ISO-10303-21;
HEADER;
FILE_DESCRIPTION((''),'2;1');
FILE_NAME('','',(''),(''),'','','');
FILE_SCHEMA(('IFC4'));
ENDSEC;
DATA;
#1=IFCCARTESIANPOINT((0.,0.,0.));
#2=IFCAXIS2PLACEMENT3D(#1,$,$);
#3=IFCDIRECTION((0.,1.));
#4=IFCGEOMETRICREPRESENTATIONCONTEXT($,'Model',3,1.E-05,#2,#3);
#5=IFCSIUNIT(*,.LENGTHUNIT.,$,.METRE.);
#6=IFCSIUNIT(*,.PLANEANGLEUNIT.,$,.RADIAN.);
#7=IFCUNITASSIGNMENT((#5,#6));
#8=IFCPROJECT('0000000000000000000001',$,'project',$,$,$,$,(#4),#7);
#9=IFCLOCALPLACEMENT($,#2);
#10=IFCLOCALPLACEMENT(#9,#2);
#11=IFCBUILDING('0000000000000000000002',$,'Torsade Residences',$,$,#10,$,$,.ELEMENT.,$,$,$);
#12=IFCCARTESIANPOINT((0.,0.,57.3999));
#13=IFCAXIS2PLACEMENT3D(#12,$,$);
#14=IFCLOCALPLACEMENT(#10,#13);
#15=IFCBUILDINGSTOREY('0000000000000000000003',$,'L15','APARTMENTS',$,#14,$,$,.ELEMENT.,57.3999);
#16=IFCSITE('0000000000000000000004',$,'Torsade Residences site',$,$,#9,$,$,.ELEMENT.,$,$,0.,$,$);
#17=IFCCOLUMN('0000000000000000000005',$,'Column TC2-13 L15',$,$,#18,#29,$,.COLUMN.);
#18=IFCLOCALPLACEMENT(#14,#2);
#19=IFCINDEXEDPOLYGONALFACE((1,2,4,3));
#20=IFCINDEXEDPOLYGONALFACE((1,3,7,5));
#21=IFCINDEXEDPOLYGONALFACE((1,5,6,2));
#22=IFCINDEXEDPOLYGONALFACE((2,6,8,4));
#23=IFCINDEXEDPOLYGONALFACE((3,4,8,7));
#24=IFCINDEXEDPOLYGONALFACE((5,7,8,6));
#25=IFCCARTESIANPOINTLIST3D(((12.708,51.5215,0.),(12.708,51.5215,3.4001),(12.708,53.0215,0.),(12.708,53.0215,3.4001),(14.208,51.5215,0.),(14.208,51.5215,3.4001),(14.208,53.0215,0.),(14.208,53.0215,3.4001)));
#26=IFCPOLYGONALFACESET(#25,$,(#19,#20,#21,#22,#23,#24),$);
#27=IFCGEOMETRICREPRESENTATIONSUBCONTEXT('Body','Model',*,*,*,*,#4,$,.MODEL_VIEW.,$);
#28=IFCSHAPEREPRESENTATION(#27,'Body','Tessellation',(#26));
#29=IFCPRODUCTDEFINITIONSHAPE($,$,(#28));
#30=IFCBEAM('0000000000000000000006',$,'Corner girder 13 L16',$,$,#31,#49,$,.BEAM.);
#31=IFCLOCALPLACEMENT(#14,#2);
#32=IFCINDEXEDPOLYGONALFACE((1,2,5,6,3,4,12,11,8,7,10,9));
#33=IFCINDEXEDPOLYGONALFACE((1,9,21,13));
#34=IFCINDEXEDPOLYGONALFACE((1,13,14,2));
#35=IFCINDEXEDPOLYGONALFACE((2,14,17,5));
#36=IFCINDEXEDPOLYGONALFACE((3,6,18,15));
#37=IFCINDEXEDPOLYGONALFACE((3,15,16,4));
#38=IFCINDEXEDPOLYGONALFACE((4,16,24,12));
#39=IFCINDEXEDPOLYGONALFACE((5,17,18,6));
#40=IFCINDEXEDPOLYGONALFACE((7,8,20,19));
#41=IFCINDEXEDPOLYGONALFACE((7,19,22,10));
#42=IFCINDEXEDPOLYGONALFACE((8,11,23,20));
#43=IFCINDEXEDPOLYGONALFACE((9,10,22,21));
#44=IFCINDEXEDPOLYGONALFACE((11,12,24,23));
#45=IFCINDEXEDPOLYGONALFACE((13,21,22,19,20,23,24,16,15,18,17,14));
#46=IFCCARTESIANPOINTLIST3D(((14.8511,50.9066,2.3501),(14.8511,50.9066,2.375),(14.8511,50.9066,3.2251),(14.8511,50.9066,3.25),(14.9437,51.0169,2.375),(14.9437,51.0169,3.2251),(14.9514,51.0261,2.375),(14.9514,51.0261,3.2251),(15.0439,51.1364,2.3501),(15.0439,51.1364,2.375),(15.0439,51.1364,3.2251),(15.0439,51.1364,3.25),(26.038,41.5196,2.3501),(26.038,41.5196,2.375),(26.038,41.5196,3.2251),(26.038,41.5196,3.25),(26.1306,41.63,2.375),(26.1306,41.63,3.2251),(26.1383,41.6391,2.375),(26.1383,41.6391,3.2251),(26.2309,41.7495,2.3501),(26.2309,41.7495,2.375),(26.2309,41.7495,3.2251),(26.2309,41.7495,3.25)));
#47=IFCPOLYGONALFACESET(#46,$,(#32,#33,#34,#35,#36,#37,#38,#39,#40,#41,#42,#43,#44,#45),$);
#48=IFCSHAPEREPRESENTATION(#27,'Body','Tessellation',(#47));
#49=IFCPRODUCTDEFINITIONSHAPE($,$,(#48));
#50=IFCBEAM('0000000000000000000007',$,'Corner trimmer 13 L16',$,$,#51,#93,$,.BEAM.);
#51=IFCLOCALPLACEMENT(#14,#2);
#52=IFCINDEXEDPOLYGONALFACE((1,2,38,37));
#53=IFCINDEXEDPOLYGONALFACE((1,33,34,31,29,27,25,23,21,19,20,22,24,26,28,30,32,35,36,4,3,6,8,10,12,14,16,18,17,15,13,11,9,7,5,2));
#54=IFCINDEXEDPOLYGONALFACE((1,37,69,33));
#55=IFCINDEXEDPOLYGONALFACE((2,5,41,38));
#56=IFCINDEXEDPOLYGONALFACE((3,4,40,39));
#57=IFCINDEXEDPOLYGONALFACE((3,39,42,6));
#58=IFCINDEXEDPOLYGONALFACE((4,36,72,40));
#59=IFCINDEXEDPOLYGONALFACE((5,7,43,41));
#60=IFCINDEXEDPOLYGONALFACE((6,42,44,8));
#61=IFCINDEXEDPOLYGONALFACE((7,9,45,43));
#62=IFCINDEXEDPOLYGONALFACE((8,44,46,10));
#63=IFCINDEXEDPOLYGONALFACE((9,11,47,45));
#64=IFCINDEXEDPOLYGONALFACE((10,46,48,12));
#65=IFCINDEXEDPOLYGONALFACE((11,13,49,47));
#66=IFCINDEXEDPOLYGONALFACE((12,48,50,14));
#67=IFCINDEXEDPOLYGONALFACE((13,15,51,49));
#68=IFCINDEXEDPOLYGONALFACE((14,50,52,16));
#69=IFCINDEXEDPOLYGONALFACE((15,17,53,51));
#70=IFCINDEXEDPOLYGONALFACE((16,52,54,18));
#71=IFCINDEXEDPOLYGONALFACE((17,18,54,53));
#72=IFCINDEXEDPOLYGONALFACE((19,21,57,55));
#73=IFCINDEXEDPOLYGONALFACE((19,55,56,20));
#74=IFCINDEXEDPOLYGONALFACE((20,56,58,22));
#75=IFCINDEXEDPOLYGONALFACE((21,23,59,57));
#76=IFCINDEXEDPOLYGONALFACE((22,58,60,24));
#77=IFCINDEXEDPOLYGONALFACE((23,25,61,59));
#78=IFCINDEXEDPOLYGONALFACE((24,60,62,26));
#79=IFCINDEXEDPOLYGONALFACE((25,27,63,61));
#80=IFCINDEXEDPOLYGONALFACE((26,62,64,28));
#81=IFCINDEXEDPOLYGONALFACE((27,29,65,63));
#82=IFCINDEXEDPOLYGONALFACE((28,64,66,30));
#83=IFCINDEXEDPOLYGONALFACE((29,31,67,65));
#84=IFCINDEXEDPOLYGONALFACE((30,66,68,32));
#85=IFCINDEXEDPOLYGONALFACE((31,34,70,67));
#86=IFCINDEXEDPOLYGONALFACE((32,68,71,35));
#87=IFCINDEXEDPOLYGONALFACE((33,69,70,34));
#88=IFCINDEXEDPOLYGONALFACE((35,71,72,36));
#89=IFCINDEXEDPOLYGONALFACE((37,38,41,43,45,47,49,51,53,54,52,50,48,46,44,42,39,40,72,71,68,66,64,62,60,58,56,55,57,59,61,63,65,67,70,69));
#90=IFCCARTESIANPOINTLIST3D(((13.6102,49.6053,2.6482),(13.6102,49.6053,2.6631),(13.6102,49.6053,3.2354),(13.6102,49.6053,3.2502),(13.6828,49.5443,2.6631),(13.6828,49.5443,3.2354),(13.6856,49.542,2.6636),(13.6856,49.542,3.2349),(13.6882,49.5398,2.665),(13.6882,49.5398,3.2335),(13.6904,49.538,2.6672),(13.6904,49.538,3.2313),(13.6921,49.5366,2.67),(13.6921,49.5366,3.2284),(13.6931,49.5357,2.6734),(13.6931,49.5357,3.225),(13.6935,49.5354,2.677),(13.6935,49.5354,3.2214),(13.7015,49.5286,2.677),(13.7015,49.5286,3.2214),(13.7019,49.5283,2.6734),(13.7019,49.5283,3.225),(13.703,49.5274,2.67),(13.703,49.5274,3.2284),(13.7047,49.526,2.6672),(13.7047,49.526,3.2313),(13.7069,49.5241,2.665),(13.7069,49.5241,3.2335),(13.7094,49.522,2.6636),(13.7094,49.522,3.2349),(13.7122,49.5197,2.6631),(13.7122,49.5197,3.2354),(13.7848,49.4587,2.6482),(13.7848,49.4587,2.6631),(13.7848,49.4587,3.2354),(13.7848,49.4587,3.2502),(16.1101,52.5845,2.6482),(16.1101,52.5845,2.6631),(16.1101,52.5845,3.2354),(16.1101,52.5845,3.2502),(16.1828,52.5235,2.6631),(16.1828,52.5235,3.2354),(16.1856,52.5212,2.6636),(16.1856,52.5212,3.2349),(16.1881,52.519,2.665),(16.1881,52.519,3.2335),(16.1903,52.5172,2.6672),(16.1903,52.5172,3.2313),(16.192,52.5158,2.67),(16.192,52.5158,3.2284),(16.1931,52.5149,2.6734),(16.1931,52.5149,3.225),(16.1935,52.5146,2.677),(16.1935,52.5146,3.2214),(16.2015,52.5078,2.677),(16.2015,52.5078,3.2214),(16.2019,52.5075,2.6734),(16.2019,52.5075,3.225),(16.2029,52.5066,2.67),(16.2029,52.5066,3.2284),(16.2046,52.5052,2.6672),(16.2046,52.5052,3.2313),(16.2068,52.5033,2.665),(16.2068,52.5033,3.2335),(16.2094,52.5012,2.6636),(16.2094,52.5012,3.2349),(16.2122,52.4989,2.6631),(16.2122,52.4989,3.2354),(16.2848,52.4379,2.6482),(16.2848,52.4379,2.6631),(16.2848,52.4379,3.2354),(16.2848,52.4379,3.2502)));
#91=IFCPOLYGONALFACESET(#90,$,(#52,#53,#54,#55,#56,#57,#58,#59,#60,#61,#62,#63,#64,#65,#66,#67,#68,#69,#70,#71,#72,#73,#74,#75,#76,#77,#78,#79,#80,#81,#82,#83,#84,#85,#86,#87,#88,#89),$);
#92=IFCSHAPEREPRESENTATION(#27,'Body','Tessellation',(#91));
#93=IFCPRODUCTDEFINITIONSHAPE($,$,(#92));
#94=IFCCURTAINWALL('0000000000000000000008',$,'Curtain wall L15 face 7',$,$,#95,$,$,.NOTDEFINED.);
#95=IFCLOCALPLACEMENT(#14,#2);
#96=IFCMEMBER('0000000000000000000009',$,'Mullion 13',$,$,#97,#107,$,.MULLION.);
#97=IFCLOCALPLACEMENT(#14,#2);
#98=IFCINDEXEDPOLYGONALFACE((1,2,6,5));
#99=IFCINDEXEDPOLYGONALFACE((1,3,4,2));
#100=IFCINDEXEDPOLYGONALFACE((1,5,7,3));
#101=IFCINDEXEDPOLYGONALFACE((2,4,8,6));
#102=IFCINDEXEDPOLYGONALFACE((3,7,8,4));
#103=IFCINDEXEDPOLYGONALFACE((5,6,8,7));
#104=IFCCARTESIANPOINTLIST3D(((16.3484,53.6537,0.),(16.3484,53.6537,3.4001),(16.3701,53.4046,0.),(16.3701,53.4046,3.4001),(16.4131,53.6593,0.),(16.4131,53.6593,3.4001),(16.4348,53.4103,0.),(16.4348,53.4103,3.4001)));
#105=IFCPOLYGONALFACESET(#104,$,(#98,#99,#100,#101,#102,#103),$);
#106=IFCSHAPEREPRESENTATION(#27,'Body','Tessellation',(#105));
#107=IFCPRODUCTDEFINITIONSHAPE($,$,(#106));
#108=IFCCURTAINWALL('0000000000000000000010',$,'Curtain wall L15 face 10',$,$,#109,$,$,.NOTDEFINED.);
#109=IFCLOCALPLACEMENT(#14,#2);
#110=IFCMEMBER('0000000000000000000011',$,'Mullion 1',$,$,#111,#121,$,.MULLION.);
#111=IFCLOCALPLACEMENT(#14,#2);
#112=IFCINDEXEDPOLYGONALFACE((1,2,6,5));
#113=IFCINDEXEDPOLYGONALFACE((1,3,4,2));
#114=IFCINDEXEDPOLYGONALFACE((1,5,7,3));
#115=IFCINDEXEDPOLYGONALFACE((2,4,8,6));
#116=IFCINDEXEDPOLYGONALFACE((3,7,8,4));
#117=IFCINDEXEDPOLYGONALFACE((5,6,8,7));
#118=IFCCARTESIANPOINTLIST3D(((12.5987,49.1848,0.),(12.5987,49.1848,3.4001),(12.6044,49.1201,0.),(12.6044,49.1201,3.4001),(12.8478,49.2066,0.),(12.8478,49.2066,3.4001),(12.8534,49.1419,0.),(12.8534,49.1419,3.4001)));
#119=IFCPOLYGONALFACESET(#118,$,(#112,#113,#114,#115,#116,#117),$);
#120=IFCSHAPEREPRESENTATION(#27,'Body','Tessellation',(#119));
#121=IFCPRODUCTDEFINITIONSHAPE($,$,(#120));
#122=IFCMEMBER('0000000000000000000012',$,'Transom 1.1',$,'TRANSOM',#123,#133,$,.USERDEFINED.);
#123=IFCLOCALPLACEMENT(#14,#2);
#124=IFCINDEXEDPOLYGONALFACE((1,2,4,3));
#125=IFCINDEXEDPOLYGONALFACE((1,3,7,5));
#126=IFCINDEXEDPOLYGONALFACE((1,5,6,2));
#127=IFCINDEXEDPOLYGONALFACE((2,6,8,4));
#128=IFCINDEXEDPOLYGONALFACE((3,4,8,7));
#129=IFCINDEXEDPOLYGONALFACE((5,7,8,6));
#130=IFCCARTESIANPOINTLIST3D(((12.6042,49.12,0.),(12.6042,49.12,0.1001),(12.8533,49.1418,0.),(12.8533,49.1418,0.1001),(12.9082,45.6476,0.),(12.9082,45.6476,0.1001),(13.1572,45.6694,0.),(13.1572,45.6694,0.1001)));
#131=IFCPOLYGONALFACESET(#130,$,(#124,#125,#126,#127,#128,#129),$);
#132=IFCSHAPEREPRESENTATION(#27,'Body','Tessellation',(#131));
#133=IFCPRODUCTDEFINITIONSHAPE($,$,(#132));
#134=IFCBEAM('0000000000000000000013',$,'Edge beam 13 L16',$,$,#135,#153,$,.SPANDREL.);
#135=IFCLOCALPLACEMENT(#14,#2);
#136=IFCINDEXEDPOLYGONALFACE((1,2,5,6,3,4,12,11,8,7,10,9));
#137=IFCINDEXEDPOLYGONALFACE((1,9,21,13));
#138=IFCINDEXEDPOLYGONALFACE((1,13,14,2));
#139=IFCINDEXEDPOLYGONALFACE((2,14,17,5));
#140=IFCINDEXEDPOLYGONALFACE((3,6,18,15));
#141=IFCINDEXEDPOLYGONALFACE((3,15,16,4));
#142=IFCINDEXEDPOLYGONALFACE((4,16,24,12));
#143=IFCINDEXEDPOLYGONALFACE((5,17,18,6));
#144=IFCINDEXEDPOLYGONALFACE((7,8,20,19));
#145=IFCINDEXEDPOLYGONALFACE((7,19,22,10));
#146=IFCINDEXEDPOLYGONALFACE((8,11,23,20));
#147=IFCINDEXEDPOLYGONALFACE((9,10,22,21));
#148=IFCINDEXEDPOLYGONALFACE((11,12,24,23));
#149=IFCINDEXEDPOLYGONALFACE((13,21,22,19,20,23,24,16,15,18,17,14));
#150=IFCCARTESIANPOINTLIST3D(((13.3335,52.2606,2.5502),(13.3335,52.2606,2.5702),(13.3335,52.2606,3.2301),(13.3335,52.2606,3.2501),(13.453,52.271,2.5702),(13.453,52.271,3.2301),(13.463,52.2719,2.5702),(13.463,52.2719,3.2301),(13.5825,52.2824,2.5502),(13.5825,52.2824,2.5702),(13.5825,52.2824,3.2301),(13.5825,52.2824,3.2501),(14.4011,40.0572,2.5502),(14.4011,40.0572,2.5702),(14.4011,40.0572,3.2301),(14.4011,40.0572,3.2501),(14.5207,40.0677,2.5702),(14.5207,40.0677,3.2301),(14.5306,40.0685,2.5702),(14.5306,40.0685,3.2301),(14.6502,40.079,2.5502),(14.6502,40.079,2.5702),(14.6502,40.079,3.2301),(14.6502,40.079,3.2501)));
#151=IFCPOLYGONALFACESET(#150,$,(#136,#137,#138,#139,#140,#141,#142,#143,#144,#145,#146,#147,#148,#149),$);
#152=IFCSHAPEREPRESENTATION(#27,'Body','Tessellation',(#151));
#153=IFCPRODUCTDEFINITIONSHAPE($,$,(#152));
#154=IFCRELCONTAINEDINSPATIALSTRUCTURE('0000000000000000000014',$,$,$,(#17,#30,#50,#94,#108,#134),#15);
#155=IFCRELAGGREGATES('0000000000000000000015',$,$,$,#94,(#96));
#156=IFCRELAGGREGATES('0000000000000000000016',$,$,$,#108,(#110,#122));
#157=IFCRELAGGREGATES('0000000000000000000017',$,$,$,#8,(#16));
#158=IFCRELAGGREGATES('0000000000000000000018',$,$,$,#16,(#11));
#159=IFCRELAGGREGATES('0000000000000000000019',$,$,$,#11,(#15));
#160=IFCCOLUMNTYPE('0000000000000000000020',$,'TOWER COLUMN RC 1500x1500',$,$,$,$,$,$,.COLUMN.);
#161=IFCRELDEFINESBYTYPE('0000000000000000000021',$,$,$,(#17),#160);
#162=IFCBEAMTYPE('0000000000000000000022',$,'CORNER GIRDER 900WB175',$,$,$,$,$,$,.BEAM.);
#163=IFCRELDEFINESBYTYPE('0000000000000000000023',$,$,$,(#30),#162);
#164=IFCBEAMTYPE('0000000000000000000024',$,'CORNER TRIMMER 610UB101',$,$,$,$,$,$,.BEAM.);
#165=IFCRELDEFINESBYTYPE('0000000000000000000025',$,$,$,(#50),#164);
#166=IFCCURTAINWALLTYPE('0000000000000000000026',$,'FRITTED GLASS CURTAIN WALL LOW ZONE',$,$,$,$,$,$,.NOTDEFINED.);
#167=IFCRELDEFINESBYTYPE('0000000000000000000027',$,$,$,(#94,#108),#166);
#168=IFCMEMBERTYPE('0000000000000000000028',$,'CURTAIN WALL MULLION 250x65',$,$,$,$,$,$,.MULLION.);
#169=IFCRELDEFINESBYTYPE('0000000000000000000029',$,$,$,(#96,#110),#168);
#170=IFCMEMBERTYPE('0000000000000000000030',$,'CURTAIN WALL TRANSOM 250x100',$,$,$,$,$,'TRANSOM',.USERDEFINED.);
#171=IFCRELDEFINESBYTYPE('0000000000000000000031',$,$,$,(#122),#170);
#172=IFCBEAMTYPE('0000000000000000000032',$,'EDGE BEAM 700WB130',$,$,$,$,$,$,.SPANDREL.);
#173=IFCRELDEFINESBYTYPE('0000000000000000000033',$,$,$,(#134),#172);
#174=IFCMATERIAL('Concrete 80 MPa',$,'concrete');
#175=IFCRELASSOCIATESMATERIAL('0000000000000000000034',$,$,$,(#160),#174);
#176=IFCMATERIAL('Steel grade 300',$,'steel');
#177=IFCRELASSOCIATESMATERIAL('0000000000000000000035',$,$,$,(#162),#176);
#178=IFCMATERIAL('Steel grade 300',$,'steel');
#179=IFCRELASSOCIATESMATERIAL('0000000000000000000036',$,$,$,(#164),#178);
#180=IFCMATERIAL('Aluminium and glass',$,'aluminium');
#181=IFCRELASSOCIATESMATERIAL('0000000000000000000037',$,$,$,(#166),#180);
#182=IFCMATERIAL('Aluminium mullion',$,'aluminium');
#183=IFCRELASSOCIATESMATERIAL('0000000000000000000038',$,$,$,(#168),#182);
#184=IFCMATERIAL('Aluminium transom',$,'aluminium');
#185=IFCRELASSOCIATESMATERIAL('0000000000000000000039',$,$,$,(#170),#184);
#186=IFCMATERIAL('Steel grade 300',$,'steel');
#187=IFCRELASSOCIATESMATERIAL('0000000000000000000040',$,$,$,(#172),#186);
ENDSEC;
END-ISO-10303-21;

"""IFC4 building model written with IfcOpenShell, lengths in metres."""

from ifc_helpers import new_model, si_unit, direction, frame, origin, origin_2d, place, context, subcontext, project, spatial, rectangle, i_section, extrude, material, material_profile, profile_set, type_object, element, aggregate, save


model = new_model("IFC4")

# Units and contexts
model_context = context("Model", 3, precision=1e-05, world=origin(), true_north=direction((0.0, 1.0)))
body_context = subcontext(model_context, "Body", "Model", "MODEL_VIEW")
ifc_project = project(units=[si_unit("LENGTHUNIT", "METRE"), si_unit("PLANEANGLEUNIT", "RADIAN")], contexts=[model_context])

# Site, building, storey
site_placement = place(None, origin())
site = spatial("IfcSite", under=ifc_project, at=site_placement, Name="Torsade Residences site", CompositionType="ELEMENT", RefElevation=0.0)
building_placement = place(site_placement, origin())
building = spatial("IfcBuilding", under=site, at=building_placement, Name="Torsade Residences", CompositionType="ELEMENT")
storey_placement = place(building_placement, frame((0.0, 0.0, 57.3999)))
storey = spatial("IfcBuildingStorey", under=building, at=storey_placement, Name="L15", Description="APARTMENTS", CompositionType="ELEMENT", Elevation=57.3999)

# Column
ifc_material_1 = material(Name="Concrete 80 MPa", Category="concrete")
ifc_material_profile_1 = material_profile(ifc_material_1, rectangle(XDim=1.5, YDim=1.5, at=origin_2d()), Name="RC 1500x1500")
ifc_profile_set_1 = profile_set([ifc_material_profile_1], Name="Concrete 80 MPa")
column_type = type_object("IfcColumnType", Name="TOWER COLUMN RC 1500x1500", PredefinedType="COLUMN", material=ifc_profile_set_1)
column_placement = place(storey_placement, frame((13.458, 52.2715, 0.0), z_axis=(0.0, 0.0, 1.0), x_axis=(1.0, 0.0, 0.0)))
element("IfcColumn", 1, at=column_placement, inside=storey, type_object=column_type, Name="Column TC2-13 L15", PredefinedType="COLUMN", context=body_context, shape_type="SweptSolid", body=[
    extrude(rectangle(XDim=1.5, YDim=1.5, at=origin_2d()), origin(), (0.0, 0.0, 1.0), 3.4001),
])

# Beams
ifc_material_2 = material(Name="Steel grade 300", Category="steel")
ifc_material_profile_2 = material_profile(ifc_material_2, i_section(OverallWidth=0.3, OverallDepth=0.8999, WebThickness=0.012, FlangeThickness=0.0249, at=origin_2d()), Name="900WB175")
ifc_profile_set_2 = profile_set([ifc_material_profile_2], Name="Steel grade 300")
beam_type_1 = type_object("IfcBeamType", Name="CORNER GIRDER 900WB175", PredefinedType="BEAM", material=ifc_profile_set_2)
beam_1_placement = place(storey_placement, frame((14.9475, 51.0215, 2.8), z_axis=(0.766046, -0.642785, 0.0), x_axis=(0.642785, 0.766046, 0.0)))
element("IfcBeam", 2, at=beam_1_placement, inside=storey, type_object=beam_type_1, Name="Corner girder 13 L16", PredefinedType="BEAM", context=body_context, shape_type="SweptSolid", body=[
    extrude(i_section(OverallWidth=0.3, OverallDepth=0.8999, WebThickness=0.012, FlangeThickness=0.0249, at=origin_2d()), origin(), (0.0, 0.0, 1.0), 14.6035),
])
ifc_material_3 = material(Name="Steel grade 300", Category="steel")
ifc_material_profile_3 = material_profile(ifc_material_3, i_section(OverallWidth=0.228, OverallDepth=0.6021, WebThickness=0.0105, FlangeThickness=0.0149, FilletRadius=0.0139, at=origin_2d()), Name="610UB101")
ifc_profile_set_3 = profile_set([ifc_material_profile_3], Name="Steel grade 300")
beam_type_2 = type_object("IfcBeamType", Name="CORNER TRIMMER 610UB101", PredefinedType="BEAM", material=ifc_profile_set_3)
beam_2_placement = place(storey_placement, frame((13.6975, 49.532, 2.9492), z_axis=(0.642805, 0.76603, 0.0), x_axis=(-0.76603, 0.642805, 0.0)))
element("IfcBeam", 3, at=beam_2_placement, inside=storey, type_object=beam_type_2, Name="Corner trimmer 13 L16", PredefinedType="BEAM", context=body_context, shape_type="SweptSolid", body=[
    extrude(i_section(OverallWidth=0.228, OverallDepth=0.6021, WebThickness=0.0105, FlangeThickness=0.0149, FilletRadius=0.0139, at=origin_2d()), origin(), (0.0, 0.0, 1.0), 3.8892),
])

# Curtain wall, member
ifc_material_4 = material(Name="Aluminium and glass", Category="aluminium")
curtain_wall_type = type_object("IfcCurtainWallType", Name="FRITTED GLASS CURTAIN WALL LOW ZONE", PredefinedType="NOTDEFINED", material=ifc_material_4)
curtain_wall_1_placement = place(storey_placement, origin())
curtain_wall_1 = element("IfcCurtainWall", 4, at=curtain_wall_1_placement, inside=storey, type_object=curtain_wall_type, Name="Curtain wall L15 face 7", PredefinedType="NOTDEFINED")
ifc_material_5 = material(Name="Aluminium mullion", Category="aluminium")
ifc_material_profile_4 = material_profile(ifc_material_5, rectangle(XDim=0.25, YDim=0.0649, at=origin_2d()), Name="CURTAIN WALL MULLION 250x65")
ifc_profile_set_4 = profile_set([ifc_material_profile_4], Name="Aluminium mullion")
member_type_1 = type_object("IfcMemberType", Name="CURTAIN WALL MULLION 250x65", PredefinedType="MULLION", material=ifc_profile_set_4)
member_1_placement = place(storey_placement, frame((16.3916, 53.532, 0.0), z_axis=(0.0, 0.0, 1.0), x_axis=(0.087156, -0.996195, 0.0)))
member_1 = element("IfcMember", 5, at=member_1_placement, type_object=member_type_1, Name="Mullion 13", PredefinedType="MULLION", context=body_context, shape_type="SweptSolid", body=[
    extrude(rectangle(XDim=0.25, YDim=0.0649, at=origin_2d()), origin(), (0.0, 0.0, 1.0), 3.4001),
])
aggregate(curtain_wall_1, [member_1])

# Curtain wall, members
curtain_wall_2_placement = place(storey_placement, origin())
curtain_wall_2 = element("IfcCurtainWall", 6, at=curtain_wall_2_placement, inside=storey, type_object=curtain_wall_type, Name="Curtain wall L15 face 10", PredefinedType="NOTDEFINED")
member_2_placement = place(storey_placement, frame((12.7261, 49.1633, 0.0), z_axis=(0.0, 0.0, 1.0), x_axis=(0.996195, 0.087156, 0.0)))
member_2 = element("IfcMember", 7, at=member_2_placement, type_object=member_type_1, Name="Mullion 1", PredefinedType="MULLION", context=body_context, shape_type="SweptSolid", body=[
    extrude(rectangle(XDim=0.25, YDim=0.0649, at=origin_2d()), origin(), (0.0, 0.0, 1.0), 3.4001),
])
ifc_material_6 = material(Name="Aluminium transom", Category="aluminium")
ifc_material_profile_5 = material_profile(ifc_material_6, rectangle(XDim=0.25, YDim=0.1001, at=origin_2d()), Name="CURTAIN WALL TRANSOM 250x100")
ifc_profile_set_5 = profile_set([ifc_material_profile_5], Name="Aluminium transom")
member_type_2 = type_object("IfcMemberType", Name="CURTAIN WALL TRANSOM 250x100", ElementType="TRANSOM", PredefinedType="USERDEFINED", material=ifc_profile_set_5)
member_3_placement = place(storey_placement, frame((12.7288, 49.1309, 0.05), z_axis=(0.087201, -0.996191, 0.0), x_axis=(0.996191, 0.087201, 0.0)))
member_3 = element("IfcMember", 8, at=member_3_placement, type_object=member_type_2, Name="Transom 1.1", ObjectType="TRANSOM", PredefinedType="USERDEFINED", context=body_context, shape_type="SweptSolid", body=[
    extrude(rectangle(XDim=0.25, YDim=0.1001, at=origin_2d()), origin(), (0.0, 0.0, 1.0), 3.4856),
])

# Beam
ifc_material_7 = material(Name="Steel grade 300", Category="steel")
ifc_material_profile_6 = material_profile(ifc_material_7, i_section(OverallWidth=0.25, OverallDepth=0.7, WebThickness=0.01, FlangeThickness=0.02, at=origin_2d()), Name="700WB130")
ifc_profile_set_6 = profile_set([ifc_material_profile_6], Name="Steel grade 300")
beam_type_3 = type_object("IfcBeamType", Name="EDGE BEAM 700WB130", PredefinedType="SPANDREL", material=ifc_profile_set_6)
beam_3_placement = place(storey_placement, frame((13.458, 52.2715, 2.9001), z_axis=(0.087153, -0.996195, 0.0), x_axis=(0.996195, 0.087153, 0.0)))
element("IfcBeam", 9, at=beam_3_placement, inside=storey, type_object=beam_type_3, Name="Edge beam 13 L16", PredefinedType="SPANDREL", context=body_context, shape_type="SweptSolid", body=[
    extrude(i_section(OverallWidth=0.25, OverallDepth=0.7, WebThickness=0.01, FlangeThickness=0.02, at=origin_2d()), origin(), (0.0, 0.0, 1.0), 12.25),
])

aggregate(curtain_wall_2, [member_2, member_3])

save(model, "model.ifc")
